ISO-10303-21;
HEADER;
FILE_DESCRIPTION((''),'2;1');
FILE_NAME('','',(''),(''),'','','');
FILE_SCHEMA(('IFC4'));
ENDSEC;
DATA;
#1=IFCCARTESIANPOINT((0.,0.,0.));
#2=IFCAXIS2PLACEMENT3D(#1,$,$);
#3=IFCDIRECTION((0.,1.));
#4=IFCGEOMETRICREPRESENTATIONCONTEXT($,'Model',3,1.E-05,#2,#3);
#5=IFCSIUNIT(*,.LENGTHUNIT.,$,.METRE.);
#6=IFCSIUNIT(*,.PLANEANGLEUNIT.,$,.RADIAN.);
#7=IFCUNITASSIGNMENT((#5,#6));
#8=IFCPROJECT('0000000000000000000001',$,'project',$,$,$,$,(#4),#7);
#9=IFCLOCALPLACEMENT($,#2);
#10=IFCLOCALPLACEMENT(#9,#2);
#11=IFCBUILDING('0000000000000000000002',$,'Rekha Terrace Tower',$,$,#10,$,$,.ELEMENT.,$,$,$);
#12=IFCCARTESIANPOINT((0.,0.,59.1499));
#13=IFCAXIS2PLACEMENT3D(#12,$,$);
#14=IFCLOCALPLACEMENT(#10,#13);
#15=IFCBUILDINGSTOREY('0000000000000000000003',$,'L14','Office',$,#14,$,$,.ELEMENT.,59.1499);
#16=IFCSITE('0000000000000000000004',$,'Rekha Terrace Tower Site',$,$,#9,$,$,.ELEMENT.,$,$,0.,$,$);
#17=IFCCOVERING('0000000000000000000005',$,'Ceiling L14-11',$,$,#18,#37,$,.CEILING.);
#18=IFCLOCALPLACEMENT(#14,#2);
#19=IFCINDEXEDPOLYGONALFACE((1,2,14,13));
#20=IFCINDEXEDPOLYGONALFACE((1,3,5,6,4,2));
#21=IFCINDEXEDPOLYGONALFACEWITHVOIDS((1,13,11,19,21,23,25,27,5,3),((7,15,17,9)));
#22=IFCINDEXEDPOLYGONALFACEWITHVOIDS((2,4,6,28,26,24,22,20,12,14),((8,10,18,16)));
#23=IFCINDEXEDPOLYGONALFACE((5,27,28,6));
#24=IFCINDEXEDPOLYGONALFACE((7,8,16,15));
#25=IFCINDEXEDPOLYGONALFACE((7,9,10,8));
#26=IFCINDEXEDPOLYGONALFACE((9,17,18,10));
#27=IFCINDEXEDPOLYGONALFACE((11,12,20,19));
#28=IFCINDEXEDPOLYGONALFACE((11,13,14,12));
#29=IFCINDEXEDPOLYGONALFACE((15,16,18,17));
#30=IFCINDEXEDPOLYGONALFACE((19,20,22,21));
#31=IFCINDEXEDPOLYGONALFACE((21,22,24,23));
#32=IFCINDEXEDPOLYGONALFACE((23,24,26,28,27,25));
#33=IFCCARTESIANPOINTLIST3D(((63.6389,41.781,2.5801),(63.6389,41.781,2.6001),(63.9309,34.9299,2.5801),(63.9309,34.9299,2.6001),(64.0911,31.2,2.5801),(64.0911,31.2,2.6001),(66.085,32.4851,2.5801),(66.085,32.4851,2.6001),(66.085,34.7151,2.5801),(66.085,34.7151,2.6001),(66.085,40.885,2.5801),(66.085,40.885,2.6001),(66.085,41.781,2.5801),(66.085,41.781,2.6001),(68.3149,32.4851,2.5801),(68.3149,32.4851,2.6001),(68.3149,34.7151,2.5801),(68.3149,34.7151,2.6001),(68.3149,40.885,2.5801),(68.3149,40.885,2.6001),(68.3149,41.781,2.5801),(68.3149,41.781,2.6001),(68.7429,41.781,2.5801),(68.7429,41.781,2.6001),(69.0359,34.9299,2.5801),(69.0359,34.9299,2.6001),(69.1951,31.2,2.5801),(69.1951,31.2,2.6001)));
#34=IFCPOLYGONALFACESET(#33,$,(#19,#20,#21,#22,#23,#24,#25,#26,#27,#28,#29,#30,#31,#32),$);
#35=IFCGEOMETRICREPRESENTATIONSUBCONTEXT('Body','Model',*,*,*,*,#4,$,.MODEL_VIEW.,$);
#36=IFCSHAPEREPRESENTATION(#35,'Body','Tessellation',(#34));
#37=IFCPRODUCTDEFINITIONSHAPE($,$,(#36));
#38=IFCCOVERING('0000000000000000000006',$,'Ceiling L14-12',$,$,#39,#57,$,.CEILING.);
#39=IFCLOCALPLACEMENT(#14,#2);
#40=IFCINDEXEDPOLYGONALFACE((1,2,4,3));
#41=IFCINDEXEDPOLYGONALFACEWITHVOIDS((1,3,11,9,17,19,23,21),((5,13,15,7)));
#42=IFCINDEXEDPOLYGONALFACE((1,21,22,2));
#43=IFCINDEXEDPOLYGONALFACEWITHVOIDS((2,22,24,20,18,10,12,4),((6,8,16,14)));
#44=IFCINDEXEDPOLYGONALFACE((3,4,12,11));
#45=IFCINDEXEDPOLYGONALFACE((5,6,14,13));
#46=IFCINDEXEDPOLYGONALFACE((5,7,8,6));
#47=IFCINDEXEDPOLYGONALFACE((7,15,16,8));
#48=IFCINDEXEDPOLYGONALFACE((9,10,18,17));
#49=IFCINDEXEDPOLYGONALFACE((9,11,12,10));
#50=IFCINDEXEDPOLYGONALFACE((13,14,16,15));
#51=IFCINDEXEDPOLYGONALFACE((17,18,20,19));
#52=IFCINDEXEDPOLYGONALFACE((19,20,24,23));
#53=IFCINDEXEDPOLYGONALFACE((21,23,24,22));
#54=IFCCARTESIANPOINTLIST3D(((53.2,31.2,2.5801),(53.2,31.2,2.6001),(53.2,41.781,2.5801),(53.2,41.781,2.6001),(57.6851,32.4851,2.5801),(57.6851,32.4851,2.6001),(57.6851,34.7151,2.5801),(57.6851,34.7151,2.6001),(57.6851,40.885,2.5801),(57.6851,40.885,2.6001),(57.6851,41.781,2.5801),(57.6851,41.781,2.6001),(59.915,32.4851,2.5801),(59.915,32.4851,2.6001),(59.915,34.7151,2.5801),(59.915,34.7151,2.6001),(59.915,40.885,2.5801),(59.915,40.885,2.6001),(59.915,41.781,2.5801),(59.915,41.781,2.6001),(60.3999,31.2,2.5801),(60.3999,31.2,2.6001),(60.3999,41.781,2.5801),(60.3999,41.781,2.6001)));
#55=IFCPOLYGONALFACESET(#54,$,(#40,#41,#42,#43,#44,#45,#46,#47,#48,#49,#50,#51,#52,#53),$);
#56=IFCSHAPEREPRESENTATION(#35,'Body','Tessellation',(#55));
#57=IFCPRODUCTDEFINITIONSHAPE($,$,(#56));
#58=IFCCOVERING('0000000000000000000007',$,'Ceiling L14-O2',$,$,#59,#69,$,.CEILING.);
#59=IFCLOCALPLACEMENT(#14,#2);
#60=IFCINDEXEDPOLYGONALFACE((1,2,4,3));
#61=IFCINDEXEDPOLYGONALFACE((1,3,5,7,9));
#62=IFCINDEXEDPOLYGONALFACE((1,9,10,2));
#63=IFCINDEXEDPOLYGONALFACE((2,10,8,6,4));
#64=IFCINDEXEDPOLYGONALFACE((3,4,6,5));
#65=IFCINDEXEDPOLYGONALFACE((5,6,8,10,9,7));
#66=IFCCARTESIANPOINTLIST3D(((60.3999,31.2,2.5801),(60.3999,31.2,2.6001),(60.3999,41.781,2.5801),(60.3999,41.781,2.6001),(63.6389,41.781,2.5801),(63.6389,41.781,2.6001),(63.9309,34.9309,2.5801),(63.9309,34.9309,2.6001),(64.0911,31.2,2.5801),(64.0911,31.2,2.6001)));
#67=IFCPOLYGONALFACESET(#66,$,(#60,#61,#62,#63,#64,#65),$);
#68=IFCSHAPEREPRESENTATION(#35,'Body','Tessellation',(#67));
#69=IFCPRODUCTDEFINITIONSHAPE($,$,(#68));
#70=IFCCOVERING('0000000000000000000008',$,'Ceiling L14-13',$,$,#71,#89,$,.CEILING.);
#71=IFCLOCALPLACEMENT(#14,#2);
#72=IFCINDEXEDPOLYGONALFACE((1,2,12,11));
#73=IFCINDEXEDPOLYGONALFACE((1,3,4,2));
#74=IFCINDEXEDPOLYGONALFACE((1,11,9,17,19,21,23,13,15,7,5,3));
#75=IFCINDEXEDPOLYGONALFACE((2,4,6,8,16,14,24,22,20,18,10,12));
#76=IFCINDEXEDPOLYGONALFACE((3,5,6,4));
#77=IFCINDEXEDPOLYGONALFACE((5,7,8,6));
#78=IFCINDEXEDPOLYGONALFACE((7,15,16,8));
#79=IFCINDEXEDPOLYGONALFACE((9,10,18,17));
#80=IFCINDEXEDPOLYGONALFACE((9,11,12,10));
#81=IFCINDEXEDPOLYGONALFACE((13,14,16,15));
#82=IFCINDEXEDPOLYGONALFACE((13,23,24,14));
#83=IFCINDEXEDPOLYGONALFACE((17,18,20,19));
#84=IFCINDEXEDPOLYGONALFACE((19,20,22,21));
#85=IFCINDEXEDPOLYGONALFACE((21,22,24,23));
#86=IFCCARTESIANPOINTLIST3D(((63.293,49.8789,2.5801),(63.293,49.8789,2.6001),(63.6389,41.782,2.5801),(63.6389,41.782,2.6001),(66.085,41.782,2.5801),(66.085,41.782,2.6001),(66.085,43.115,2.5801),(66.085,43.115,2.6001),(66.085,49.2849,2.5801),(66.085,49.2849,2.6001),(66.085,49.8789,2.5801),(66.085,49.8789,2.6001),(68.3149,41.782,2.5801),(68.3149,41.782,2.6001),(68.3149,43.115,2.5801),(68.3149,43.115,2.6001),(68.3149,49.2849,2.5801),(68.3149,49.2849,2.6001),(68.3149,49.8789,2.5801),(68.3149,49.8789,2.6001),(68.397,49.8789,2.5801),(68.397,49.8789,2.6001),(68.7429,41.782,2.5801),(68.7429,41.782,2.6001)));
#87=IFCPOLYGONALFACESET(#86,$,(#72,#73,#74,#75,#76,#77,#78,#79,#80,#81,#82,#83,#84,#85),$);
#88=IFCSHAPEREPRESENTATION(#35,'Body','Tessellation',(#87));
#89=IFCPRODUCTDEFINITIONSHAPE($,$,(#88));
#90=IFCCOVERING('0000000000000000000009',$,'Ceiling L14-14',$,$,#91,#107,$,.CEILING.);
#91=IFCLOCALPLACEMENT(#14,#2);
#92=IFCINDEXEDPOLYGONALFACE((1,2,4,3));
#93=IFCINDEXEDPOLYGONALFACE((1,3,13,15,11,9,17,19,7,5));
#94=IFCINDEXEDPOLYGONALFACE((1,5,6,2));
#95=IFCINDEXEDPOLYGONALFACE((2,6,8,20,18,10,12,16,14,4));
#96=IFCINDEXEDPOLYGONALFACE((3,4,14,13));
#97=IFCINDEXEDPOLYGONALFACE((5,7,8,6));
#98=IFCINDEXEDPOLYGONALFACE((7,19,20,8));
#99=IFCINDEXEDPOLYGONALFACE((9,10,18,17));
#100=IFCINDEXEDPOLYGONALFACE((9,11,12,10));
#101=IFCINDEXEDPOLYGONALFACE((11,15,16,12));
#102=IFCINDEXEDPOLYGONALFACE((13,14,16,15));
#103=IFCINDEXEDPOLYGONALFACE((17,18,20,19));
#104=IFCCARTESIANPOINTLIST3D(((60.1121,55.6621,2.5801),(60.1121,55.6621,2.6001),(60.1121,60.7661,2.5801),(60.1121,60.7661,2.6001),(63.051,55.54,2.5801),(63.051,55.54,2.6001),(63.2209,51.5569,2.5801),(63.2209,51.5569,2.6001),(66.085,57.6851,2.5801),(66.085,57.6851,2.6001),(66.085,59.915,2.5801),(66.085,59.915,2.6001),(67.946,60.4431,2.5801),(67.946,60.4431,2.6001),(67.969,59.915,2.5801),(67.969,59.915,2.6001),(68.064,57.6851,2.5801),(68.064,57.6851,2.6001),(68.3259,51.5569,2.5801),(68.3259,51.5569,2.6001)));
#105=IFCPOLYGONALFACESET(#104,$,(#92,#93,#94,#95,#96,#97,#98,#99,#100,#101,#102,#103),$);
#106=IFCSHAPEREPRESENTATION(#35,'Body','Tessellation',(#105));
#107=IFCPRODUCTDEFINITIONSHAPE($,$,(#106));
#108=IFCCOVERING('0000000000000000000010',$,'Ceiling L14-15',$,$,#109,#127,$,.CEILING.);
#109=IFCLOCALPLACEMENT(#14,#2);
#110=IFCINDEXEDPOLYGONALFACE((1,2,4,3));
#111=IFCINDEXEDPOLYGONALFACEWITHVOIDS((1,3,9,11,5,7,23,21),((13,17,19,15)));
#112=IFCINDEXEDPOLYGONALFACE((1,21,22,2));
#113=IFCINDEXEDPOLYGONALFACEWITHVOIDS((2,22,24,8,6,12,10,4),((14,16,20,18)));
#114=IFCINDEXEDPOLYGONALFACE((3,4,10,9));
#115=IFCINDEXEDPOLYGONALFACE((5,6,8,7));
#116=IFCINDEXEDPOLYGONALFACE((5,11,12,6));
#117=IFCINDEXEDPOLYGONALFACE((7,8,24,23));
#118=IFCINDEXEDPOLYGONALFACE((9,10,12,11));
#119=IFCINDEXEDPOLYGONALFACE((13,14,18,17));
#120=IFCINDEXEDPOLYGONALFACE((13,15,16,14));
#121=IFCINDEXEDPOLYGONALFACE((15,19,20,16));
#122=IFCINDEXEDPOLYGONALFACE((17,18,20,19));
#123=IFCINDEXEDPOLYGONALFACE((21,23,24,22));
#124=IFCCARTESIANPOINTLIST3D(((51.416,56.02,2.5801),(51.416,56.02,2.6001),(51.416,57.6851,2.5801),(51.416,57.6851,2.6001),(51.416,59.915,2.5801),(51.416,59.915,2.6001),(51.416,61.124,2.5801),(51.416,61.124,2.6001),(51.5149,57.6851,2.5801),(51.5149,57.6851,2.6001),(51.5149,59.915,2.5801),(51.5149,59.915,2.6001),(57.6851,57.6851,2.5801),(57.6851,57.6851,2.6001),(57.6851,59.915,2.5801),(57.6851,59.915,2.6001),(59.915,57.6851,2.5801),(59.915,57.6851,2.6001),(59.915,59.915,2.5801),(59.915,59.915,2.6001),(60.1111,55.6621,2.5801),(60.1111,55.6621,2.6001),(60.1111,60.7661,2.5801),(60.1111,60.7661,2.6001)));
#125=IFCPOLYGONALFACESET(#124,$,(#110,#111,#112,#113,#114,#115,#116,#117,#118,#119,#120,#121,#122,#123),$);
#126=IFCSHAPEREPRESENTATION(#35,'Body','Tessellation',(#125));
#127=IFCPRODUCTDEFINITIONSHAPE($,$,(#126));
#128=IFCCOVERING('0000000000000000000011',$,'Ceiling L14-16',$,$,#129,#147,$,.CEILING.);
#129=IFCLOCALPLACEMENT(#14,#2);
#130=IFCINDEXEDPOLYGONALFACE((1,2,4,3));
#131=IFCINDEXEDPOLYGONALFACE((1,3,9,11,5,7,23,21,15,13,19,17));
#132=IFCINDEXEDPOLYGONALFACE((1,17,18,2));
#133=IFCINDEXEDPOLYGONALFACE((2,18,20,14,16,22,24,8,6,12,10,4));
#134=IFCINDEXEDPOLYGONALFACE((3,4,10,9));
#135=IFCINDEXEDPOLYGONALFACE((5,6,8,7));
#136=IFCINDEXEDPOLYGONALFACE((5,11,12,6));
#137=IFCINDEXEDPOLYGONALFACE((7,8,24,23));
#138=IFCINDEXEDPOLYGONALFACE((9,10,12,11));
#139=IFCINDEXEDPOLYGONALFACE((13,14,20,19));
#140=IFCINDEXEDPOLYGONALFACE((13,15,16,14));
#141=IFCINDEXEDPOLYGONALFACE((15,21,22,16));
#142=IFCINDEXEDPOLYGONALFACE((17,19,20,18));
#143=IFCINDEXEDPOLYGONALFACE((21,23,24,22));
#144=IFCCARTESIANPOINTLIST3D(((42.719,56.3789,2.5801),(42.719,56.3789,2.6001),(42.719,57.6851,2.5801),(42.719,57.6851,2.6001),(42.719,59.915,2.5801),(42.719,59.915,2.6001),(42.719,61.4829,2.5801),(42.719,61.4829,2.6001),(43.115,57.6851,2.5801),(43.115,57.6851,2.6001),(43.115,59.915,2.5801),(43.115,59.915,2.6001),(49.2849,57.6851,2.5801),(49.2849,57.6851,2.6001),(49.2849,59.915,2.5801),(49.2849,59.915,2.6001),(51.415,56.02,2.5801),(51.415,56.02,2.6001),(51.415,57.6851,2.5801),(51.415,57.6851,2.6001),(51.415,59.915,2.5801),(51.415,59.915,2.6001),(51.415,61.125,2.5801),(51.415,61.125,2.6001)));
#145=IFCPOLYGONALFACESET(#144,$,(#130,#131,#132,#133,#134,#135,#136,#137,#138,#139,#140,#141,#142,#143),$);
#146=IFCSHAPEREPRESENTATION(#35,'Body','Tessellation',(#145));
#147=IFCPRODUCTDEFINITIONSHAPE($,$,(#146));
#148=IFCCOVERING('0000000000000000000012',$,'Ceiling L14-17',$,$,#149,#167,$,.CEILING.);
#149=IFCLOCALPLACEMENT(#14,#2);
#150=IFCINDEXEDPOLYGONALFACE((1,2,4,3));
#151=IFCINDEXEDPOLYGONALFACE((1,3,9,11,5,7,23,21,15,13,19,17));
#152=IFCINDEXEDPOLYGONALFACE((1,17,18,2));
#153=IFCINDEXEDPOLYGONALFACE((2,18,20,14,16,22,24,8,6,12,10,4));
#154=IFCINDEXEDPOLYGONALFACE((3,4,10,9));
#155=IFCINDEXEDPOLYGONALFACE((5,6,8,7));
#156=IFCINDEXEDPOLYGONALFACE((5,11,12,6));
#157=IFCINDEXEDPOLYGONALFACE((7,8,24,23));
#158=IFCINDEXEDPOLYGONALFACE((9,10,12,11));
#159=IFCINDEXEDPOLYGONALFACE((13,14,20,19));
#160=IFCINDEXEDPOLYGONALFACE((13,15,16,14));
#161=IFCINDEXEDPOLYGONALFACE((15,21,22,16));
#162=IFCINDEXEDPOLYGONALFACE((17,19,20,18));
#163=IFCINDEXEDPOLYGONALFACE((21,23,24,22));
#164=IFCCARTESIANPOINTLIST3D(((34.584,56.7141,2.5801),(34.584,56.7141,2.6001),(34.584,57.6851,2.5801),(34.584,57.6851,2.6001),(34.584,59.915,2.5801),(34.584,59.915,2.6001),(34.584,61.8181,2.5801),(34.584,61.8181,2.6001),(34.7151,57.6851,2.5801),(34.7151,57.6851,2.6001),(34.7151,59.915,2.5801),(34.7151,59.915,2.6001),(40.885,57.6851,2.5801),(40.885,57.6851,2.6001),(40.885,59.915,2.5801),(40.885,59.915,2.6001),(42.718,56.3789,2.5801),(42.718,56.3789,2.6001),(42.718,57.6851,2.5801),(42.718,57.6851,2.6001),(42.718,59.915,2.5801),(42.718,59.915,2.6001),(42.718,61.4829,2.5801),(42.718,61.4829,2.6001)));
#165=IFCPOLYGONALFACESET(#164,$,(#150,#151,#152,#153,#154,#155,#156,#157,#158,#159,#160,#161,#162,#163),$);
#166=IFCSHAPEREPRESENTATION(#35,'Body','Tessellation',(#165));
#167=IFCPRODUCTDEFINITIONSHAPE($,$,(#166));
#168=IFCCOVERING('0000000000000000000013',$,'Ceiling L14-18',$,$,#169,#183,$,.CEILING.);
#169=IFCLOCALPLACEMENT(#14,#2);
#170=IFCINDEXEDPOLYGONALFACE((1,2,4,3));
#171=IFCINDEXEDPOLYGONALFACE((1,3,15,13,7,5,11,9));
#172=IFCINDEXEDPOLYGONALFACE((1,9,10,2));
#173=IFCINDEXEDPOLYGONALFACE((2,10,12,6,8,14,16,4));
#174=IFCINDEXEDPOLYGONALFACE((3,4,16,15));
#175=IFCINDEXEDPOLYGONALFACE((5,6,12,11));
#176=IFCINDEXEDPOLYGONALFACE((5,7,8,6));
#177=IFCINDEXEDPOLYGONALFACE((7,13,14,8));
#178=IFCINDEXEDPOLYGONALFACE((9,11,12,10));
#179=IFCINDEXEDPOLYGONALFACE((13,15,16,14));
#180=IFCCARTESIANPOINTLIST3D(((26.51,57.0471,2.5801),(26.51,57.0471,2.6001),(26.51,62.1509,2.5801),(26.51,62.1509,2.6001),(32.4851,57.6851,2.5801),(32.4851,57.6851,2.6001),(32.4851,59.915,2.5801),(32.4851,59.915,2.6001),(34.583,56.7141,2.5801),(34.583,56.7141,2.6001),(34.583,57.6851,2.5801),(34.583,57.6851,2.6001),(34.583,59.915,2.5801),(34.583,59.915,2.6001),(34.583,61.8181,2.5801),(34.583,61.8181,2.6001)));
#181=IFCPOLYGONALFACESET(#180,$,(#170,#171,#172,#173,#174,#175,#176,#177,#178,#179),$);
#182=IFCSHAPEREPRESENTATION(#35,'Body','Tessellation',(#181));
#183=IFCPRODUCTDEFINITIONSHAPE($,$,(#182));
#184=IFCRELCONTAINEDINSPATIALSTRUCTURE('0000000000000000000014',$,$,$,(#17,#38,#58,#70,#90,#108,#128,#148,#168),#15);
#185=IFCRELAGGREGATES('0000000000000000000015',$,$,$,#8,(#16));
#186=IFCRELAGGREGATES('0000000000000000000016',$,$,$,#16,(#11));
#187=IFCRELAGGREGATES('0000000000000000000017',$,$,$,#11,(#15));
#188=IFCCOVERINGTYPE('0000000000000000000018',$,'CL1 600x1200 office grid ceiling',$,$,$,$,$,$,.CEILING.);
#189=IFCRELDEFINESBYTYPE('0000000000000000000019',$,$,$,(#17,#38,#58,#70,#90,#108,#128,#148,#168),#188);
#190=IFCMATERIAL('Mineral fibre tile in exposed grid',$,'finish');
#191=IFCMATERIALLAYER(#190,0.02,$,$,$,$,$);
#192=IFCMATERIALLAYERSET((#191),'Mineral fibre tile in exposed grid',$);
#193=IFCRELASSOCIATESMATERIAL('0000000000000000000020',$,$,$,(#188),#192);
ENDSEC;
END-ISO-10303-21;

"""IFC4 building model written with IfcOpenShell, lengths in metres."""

from ifc_helpers import new_model, si_unit, direction, frame, origin, place, context, subcontext, project, spatial, polyline, outline, extrude, material, layer, layer_set, type_object, element, save


model = new_model("IFC4")

# Units and contexts
model_context = context("Model", 3, precision=1e-05, world=origin(), true_north=direction((0.0, 1.0)))
body_context = subcontext(model_context, "Body", "Model", "MODEL_VIEW")
ifc_project = project(units=[si_unit("LENGTHUNIT", "METRE"), si_unit("PLANEANGLEUNIT", "RADIAN")], contexts=[model_context])

# Site, building, storey
site_placement = place(None, origin())
site = spatial("IfcSite", under=ifc_project, at=site_placement, Name="Rekha Terrace Tower Site", CompositionType="ELEMENT", RefElevation=0.0)
building_placement = place(site_placement, origin())
building = spatial("IfcBuilding", under=site, at=building_placement, Name="Rekha Terrace Tower", CompositionType="ELEMENT")
storey_placement = place(building_placement, frame((0.0, 0.0, 59.1499)))
storey = spatial("IfcBuildingStorey", under=building, at=storey_placement, Name="L14", Description="Office", CompositionType="ELEMENT", Elevation=59.1499)

# Coverings
ifc_material_1 = material(Name="Mineral fibre tile in exposed grid", Category="finish")
ifc_layer_1 = layer(ifc_material_1, 0.02)
ifc_layer_set_1 = layer_set([ifc_layer_1], Name="Mineral fibre tile in exposed grid")
covering_type_1 = type_object("IfcCoveringType", Name="CL1 600x1200 office grid ceiling", PredefinedType="CEILING", material=ifc_layer_set_1)
covering_1_placement = place(storey_placement, frame((0.0, 0.0, 2.5801)))
element("IfcCovering", 1, at=covering_1_placement, inside=storey, type_object=covering_type_1, Name="Ceiling L14-11", PredefinedType="CEILING", context=body_context, shape_type="SweptSolid", body=[
    extrude(outline(polyline([(69.1951, 31.2), (69.0359, 34.9299), (68.7429, 41.781), (68.3149, 41.781), (68.3149, 40.885), (66.085, 40.885), (66.085, 41.781), (63.6389, 41.781), (63.9309, 34.9299), (64.0911, 31.2), (69.1951, 31.2)]), holes=[polyline([(68.3149, 32.4851), (66.085, 32.4851), (66.085, 34.7151), (68.3149, 34.7151), (68.3149, 32.4851)])]), origin(), (0.0, 0.0, 1.0), 0.02),
])
covering_2_placement = place(storey_placement, frame((0.0, 0.0, 2.5801)))
element("IfcCovering", 2, at=covering_2_placement, inside=storey, type_object=covering_type_1, Name="Ceiling L14-12", PredefinedType="CEILING", context=body_context, shape_type="SweptSolid", body=[
    extrude(outline(polyline([(53.2, 41.781), (53.2, 31.2), (60.3999, 31.2), (60.3999, 41.781), (59.915, 41.781), (59.915, 40.885), (57.6851, 40.885), (57.6851, 41.781), (53.2, 41.781)]), holes=[polyline([(59.915, 32.4851), (57.6851, 32.4851), (57.6851, 34.7151), (59.915, 34.7151), (59.915, 32.4851)])]), origin(), (0.0, 0.0, 1.0), 0.02),
])
covering_3_placement = place(storey_placement, frame((0.0, 0.0, 2.5801)))
element("IfcCovering", 3, at=covering_3_placement, inside=storey, type_object=covering_type_1, Name="Ceiling L14-O2", PredefinedType="CEILING", context=body_context, shape_type="SweptSolid", body=[
    extrude(outline(polyline([(64.0911, 31.2), (63.9309, 34.9309), (63.6389, 41.781), (60.3999, 41.781), (60.3999, 31.2), (64.0911, 31.2)])), origin(), (0.0, 0.0, 1.0), 0.02),
])
covering_4_placement = place(storey_placement, frame((0.0, 0.0, 2.5801)))
element("IfcCovering", 4, at=covering_4_placement, inside=storey, type_object=covering_type_1, Name="Ceiling L14-13", PredefinedType="CEILING", context=body_context, shape_type="SweptSolid", body=[
    extrude(outline(polyline([(66.085, 49.2849), (66.085, 49.8789), (63.293, 49.8789), (63.6389, 41.782), (66.085, 41.782), (66.085, 43.115), (68.3149, 43.115), (68.3149, 41.782), (68.7429, 41.782), (68.397, 49.8789), (68.3149, 49.8789), (68.3149, 49.2849), (66.085, 49.2849)])), origin(), (0.0, 0.0, 1.0), 0.02),
])
covering_5_placement = place(storey_placement, frame((0.0, 0.0, 2.5801)))
element("IfcCovering", 5, at=covering_5_placement, inside=storey, type_object=covering_type_1, Name="Ceiling L14-14", PredefinedType="CEILING", context=body_context, shape_type="SweptSolid", body=[
    extrude(outline(polyline([(67.946, 60.4431), (60.1121, 60.7661), (60.1121, 55.6621), (63.051, 55.54), (63.2209, 51.5569), (68.3259, 51.5569), (68.064, 57.6851), (66.085, 57.6851), (66.085, 59.915), (67.969, 59.915), (67.946, 60.4431)])), origin(), (0.0, 0.0, 1.0), 0.02),
])
covering_6_placement = place(storey_placement, frame((0.0, 0.0, 2.5801)))
element("IfcCovering", 6, at=covering_6_placement, inside=storey, type_object=covering_type_1, Name="Ceiling L14-15", PredefinedType="CEILING", context=body_context, shape_type="SweptSolid", body=[
    extrude(outline(polyline([(60.1111, 55.6621), (60.1111, 60.7661), (51.416, 61.124), (51.416, 59.915), (51.5149, 59.915), (51.5149, 57.6851), (51.416, 57.6851), (51.416, 56.02), (60.1111, 55.6621)]), holes=[polyline([(59.915, 57.6851), (57.6851, 57.6851), (57.6851, 59.915), (59.915, 59.915), (59.915, 57.6851)])]), origin(), (0.0, 0.0, 1.0), 0.02),
])
covering_7_placement = place(storey_placement, frame((0.0, 0.0, 2.5801)))
element("IfcCovering", 7, at=covering_7_placement, inside=storey, type_object=covering_type_1, Name="Ceiling L14-16", PredefinedType="CEILING", context=body_context, shape_type="SweptSolid", body=[
    extrude(outline(polyline([(51.415, 59.915), (51.415, 61.125), (42.719, 61.4829), (42.719, 59.915), (43.115, 59.915), (43.115, 57.6851), (42.719, 57.6851), (42.719, 56.3789), (51.415, 56.02), (51.415, 57.6851), (49.2849, 57.6851), (49.2849, 59.915), (51.415, 59.915)])), origin(), (0.0, 0.0, 1.0), 0.02),
])
covering_8_placement = place(storey_placement, frame((0.0, 0.0, 2.5801)))
element("IfcCovering", 8, at=covering_8_placement, inside=storey, type_object=covering_type_1, Name="Ceiling L14-17", PredefinedType="CEILING", context=body_context, shape_type="SweptSolid", body=[
    extrude(outline(polyline([(42.718, 59.915), (42.718, 61.4829), (34.584, 61.8181), (34.584, 59.915), (34.7151, 59.915), (34.7151, 57.6851), (34.584, 57.6851), (34.584, 56.7141), (42.718, 56.3789), (42.718, 57.6851), (40.885, 57.6851), (40.885, 59.915), (42.718, 59.915)])), origin(), (0.0, 0.0, 1.0), 0.02),
])
covering_9_placement = place(storey_placement, frame((0.0, 0.0, 2.5801)))
element("IfcCovering", 9, at=covering_9_placement, inside=storey, type_object=covering_type_1, Name="Ceiling L14-18", PredefinedType="CEILING", context=body_context, shape_type="SweptSolid", body=[
    extrude(outline(polyline([(34.583, 59.915), (34.583, 61.8181), (26.51, 62.1509), (26.51, 57.0471), (34.583, 56.7141), (34.583, 57.6851), (32.4851, 57.6851), (32.4851, 59.915), (34.583, 59.915)])), origin(), (0.0, 0.0, 1.0), 0.02),
])

save(model, "model.ifc")
